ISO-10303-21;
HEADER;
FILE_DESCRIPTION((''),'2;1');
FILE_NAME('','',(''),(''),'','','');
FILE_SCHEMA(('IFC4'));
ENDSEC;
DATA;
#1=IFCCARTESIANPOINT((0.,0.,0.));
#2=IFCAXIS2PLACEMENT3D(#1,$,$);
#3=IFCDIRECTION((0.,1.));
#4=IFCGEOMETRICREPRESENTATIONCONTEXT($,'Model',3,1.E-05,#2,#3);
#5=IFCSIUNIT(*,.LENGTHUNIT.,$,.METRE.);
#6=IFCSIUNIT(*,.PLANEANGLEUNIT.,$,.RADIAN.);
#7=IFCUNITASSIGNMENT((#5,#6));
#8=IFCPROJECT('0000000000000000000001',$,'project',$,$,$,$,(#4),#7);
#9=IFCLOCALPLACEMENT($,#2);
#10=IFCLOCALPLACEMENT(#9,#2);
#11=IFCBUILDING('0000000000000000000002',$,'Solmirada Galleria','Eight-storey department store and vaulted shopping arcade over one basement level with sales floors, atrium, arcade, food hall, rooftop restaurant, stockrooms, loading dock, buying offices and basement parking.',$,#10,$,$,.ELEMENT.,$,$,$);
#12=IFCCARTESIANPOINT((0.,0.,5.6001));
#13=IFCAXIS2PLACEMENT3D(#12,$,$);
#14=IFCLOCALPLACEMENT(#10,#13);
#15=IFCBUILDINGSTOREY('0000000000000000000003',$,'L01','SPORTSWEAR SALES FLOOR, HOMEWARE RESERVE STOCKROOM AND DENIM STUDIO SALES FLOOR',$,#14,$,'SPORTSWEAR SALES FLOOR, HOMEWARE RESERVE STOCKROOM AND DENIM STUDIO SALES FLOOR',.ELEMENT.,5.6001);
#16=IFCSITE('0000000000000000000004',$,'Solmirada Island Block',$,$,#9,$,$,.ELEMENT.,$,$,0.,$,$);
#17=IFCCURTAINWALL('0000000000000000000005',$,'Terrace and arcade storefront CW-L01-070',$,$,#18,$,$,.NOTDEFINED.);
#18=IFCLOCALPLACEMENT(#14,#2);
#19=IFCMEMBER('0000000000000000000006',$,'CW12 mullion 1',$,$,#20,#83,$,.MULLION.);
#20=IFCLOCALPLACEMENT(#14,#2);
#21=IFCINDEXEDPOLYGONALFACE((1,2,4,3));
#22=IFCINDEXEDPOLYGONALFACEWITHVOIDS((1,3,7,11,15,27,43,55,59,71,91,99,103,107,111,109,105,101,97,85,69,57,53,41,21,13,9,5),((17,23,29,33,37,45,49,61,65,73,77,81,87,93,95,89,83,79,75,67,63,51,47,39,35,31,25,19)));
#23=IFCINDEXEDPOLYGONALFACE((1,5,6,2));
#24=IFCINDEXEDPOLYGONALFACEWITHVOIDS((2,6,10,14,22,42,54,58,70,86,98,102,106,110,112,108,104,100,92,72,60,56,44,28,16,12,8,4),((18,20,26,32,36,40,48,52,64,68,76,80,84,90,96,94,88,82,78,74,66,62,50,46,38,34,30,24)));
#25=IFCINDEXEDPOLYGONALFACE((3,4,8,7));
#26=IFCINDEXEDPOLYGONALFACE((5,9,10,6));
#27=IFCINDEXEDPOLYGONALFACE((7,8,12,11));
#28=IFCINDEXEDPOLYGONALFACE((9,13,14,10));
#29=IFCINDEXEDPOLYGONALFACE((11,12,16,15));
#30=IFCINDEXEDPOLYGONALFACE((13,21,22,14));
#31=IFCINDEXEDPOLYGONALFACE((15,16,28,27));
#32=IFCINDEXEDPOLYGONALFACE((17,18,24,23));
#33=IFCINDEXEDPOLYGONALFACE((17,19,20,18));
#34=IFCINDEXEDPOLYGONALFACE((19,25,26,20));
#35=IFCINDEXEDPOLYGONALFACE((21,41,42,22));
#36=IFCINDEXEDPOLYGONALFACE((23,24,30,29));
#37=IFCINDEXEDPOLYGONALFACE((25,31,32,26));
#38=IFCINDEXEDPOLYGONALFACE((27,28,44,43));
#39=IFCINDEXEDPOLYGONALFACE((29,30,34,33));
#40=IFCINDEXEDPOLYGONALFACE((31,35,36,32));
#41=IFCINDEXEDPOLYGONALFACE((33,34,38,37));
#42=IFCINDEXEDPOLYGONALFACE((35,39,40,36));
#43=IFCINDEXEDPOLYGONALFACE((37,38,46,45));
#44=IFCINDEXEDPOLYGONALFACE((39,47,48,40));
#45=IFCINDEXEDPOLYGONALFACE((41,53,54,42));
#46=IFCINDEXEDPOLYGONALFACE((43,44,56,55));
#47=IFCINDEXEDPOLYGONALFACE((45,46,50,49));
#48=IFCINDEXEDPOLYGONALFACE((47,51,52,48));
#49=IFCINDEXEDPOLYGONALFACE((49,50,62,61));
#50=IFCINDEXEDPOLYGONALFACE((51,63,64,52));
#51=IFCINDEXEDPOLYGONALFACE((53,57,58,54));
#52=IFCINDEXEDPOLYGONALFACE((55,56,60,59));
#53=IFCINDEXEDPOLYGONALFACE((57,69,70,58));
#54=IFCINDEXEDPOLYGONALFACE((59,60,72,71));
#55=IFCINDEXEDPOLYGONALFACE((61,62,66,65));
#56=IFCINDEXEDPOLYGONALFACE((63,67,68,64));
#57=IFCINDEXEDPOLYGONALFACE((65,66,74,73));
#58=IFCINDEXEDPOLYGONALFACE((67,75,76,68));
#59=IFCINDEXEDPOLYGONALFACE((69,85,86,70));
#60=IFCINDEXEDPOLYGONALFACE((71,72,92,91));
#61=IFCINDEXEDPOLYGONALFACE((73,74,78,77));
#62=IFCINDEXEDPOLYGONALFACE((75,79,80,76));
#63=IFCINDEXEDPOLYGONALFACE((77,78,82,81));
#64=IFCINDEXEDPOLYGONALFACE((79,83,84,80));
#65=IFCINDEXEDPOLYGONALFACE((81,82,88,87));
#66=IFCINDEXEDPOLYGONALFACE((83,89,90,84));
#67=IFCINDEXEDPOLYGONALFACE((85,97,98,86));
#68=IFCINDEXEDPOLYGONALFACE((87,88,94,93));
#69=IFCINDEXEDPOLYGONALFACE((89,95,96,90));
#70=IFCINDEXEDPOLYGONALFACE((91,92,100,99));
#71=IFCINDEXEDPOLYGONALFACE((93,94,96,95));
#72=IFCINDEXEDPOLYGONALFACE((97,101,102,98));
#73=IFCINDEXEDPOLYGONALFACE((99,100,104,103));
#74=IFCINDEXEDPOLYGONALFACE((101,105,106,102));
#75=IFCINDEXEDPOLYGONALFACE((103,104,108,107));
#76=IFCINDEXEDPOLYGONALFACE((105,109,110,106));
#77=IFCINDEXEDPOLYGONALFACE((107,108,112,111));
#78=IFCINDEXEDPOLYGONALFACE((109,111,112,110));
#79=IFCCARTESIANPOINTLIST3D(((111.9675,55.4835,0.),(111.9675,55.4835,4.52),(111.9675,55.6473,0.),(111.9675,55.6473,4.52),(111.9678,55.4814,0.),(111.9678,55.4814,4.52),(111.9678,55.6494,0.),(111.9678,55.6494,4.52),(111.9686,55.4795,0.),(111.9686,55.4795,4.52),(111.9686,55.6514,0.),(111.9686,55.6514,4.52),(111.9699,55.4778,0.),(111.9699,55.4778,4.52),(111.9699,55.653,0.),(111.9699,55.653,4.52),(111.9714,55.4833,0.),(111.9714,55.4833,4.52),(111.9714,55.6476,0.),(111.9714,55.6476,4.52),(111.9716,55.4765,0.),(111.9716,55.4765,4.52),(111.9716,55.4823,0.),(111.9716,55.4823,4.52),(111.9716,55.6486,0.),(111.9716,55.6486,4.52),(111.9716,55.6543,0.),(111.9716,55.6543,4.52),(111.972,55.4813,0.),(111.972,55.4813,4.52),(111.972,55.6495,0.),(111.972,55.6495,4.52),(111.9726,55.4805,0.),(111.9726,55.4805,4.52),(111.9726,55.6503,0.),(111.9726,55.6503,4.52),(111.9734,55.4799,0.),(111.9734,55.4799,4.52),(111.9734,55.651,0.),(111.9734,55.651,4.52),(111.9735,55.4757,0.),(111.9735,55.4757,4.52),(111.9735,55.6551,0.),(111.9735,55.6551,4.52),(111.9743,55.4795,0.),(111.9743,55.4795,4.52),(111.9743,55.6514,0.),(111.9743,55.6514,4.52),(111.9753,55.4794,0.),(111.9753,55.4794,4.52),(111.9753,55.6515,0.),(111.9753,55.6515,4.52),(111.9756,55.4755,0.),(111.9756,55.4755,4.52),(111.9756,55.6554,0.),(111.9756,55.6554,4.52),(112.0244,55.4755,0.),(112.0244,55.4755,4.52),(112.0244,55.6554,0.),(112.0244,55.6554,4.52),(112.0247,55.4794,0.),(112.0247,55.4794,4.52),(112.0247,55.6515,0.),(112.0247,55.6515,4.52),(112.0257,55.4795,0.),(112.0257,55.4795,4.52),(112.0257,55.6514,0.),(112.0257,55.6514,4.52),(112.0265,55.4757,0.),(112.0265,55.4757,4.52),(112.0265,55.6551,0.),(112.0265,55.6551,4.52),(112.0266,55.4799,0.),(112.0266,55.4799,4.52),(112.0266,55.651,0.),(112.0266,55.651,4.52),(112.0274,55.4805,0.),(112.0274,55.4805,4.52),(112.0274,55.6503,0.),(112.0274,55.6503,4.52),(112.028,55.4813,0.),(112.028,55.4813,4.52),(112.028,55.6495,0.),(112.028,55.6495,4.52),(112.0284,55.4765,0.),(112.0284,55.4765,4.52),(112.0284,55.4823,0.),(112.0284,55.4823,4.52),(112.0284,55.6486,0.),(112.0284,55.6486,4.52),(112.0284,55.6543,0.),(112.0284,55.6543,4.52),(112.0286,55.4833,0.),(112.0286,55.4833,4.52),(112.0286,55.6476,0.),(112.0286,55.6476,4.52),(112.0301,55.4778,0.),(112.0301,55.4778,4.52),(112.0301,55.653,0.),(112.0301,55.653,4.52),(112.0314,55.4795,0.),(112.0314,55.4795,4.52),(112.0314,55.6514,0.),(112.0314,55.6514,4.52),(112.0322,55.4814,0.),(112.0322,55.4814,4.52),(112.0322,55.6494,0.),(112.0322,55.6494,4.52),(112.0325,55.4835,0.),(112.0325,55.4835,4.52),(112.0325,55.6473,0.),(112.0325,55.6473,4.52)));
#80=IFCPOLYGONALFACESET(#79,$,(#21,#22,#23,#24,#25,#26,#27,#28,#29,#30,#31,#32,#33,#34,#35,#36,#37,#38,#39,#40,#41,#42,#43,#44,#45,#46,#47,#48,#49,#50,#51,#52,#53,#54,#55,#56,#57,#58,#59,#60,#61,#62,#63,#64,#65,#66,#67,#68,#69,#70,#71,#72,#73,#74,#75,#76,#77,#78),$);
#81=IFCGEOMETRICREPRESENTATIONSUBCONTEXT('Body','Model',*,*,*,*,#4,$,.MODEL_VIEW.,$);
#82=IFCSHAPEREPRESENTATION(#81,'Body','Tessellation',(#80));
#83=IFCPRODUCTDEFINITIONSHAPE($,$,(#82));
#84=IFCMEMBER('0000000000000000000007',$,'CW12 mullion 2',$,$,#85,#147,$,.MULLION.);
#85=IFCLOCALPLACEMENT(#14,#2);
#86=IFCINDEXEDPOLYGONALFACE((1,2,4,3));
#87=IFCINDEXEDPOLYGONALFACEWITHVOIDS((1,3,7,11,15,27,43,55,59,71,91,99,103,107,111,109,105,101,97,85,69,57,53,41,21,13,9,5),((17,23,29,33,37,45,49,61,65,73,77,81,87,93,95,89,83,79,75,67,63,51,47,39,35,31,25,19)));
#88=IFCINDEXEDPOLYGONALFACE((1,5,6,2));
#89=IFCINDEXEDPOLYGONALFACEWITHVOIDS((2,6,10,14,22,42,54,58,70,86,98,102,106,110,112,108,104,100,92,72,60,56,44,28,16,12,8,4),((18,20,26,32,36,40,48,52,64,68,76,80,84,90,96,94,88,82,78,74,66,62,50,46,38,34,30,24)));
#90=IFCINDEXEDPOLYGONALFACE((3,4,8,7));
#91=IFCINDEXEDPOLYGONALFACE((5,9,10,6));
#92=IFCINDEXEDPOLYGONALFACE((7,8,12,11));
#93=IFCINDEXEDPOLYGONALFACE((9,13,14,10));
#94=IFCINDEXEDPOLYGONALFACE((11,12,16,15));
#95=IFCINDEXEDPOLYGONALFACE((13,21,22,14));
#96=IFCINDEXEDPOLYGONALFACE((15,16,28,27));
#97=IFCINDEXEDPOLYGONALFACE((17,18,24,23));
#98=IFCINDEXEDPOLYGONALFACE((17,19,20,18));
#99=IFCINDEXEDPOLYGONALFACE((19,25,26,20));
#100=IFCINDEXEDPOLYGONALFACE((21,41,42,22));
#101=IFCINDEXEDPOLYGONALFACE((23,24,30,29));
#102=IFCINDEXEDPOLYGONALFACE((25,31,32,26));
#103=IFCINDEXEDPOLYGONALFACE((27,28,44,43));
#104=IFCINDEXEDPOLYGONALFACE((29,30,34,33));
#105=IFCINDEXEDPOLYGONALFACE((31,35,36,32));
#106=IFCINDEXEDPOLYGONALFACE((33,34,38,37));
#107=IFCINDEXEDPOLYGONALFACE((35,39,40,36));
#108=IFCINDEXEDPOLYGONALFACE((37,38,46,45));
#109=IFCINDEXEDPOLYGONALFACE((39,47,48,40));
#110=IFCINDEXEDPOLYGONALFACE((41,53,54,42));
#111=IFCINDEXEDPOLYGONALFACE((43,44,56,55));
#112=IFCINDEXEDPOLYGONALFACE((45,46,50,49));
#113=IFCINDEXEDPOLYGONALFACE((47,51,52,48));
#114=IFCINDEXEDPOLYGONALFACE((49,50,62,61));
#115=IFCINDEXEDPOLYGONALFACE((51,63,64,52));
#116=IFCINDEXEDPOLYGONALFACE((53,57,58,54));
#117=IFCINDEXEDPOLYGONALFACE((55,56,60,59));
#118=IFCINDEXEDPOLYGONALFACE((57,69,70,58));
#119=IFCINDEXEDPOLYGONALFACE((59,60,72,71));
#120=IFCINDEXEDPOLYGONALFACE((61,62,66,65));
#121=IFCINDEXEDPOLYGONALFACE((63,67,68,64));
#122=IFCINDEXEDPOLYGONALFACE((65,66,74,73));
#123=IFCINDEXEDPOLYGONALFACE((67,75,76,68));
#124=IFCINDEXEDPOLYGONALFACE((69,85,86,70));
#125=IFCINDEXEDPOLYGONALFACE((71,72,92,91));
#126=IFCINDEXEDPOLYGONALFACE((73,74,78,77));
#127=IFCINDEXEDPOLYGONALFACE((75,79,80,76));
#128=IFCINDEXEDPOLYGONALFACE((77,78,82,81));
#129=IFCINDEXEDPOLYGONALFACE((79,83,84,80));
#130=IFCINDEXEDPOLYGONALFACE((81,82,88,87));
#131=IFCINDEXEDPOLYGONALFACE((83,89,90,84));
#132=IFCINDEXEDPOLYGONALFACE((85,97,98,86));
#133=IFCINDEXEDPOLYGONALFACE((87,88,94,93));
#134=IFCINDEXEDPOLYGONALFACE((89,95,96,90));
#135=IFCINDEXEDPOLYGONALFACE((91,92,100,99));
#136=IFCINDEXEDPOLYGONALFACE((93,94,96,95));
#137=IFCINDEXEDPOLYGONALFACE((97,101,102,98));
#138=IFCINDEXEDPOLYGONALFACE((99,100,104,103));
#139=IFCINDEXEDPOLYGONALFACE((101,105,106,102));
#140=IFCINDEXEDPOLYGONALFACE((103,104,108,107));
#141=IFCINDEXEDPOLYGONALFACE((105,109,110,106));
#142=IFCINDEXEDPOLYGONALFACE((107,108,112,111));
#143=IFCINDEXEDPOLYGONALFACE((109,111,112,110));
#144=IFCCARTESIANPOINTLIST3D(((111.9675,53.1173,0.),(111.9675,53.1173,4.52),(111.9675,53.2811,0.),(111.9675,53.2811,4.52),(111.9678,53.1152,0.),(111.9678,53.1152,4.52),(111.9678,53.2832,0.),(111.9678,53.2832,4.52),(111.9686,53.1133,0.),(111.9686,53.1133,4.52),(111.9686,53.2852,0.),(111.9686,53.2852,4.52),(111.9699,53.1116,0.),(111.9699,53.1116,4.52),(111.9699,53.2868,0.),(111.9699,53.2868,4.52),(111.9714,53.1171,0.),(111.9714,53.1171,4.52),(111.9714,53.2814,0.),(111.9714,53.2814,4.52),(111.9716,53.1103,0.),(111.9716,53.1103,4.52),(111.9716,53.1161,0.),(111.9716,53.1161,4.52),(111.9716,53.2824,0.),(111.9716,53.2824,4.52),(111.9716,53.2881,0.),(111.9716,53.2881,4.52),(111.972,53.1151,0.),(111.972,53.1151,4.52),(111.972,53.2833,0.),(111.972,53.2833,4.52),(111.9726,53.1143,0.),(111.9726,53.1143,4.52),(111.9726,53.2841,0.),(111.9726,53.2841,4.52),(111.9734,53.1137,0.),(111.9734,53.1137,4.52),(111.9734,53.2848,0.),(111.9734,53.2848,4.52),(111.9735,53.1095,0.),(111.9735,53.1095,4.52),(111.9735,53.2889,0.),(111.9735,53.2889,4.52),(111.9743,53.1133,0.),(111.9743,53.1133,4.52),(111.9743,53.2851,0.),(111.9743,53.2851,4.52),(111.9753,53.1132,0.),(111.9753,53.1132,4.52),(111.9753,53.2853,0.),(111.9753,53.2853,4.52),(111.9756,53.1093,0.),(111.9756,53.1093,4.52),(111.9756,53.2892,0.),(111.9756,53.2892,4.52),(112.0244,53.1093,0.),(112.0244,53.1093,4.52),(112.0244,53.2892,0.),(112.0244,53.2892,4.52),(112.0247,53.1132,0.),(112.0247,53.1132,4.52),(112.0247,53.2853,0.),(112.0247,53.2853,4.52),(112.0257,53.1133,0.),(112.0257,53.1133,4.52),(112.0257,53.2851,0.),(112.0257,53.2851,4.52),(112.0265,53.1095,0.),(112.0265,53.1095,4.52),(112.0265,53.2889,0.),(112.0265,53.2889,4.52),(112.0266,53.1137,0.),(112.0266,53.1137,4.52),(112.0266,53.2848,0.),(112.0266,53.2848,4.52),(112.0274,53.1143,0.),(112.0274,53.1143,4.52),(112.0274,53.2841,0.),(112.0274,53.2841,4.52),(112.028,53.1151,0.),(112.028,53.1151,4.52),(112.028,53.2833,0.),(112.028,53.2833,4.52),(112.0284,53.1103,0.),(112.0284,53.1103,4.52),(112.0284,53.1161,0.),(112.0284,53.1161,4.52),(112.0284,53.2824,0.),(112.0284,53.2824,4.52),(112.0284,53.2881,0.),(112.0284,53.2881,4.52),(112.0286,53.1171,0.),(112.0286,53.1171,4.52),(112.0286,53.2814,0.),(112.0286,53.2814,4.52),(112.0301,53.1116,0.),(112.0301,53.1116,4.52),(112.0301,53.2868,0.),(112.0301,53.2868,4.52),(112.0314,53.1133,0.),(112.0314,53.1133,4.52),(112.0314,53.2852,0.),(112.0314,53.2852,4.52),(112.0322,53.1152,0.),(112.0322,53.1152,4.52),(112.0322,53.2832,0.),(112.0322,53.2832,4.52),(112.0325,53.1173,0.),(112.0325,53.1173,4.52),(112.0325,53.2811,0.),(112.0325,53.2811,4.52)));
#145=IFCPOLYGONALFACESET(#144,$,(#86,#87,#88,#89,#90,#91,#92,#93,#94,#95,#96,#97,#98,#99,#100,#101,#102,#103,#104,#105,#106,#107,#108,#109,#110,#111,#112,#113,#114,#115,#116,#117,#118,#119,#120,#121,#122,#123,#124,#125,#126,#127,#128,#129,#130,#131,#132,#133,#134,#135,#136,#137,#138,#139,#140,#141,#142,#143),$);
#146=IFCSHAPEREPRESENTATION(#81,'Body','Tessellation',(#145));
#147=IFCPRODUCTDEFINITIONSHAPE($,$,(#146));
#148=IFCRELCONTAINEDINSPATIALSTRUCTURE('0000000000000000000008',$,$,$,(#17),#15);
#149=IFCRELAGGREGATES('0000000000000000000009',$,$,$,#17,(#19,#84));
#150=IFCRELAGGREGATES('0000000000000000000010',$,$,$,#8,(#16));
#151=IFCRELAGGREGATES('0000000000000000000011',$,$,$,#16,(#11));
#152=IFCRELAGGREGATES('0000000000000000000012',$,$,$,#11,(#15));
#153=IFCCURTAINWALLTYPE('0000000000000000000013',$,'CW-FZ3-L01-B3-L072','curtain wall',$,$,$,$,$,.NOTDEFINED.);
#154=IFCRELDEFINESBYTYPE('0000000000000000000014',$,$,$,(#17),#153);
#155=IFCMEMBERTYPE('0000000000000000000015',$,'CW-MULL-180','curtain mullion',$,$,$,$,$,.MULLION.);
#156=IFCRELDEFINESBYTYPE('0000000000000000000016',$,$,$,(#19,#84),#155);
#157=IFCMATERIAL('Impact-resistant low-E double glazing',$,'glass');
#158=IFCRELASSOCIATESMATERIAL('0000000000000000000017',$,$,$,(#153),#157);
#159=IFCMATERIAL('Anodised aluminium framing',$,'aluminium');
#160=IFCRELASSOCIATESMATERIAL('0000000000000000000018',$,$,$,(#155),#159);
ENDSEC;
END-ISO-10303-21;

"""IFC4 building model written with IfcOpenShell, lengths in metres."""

from ifc_helpers import new_model, si_unit, direction, frame, origin, origin_2d, place, context, subcontext, project, spatial, hollow_rectangle, extrude, material, material_profile, profile_set, type_object, element, aggregate, save


model = new_model("IFC4")

# Units and contexts
model_context = context("Model", 3, precision=1e-05, world=origin(), true_north=direction((0.0, 1.0)))
body_context = subcontext(model_context, "Body", "Model", "MODEL_VIEW")
ifc_project = project(units=[si_unit("LENGTHUNIT", "METRE"), si_unit("PLANEANGLEUNIT", "RADIAN")], contexts=[model_context])

# Site, building, storey
site_placement = place(None, origin())
site = spatial("IfcSite", under=ifc_project, at=site_placement, Name="Solmirada Island Block", CompositionType="ELEMENT", RefElevation=0.0)
building_placement = place(site_placement, origin())
building = spatial("IfcBuilding", under=site, at=building_placement, Name="Solmirada Galleria", Description="Eight-storey department store and vaulted shopping arcade over one basement level with sales floors, atrium, arcade, food hall, rooftop restaurant, stockrooms, loading dock, buying offices and basement parking.", CompositionType="ELEMENT")
storey_placement = place(building_placement, frame((0.0, 0.0, 5.6001)))
storey = spatial("IfcBuildingStorey", under=building, at=storey_placement, Name="L01", Description="SPORTSWEAR SALES FLOOR, HOMEWARE RESERVE STOCKROOM AND DENIM STUDIO SALES FLOOR", LongName="SPORTSWEAR SALES FLOOR, HOMEWARE RESERVE STOCKROOM AND DENIM STUDIO SALES FLOOR", CompositionType="ELEMENT", Elevation=5.6001)

# Curtain wall, members
ifc_material_1 = material(Name="Impact-resistant low-E double glazing", Category="glass")
curtain_wall_type = type_object("IfcCurtainWallType", Name="CW-FZ3-L01-B3-L072", Description="curtain wall", PredefinedType="NOTDEFINED", material=ifc_material_1)
ifc_material_2 = material(Name="Anodised aluminium framing", Category="aluminium")
ifc_material_profile_1 = material_profile(ifc_material_2, hollow_rectangle(XDim=0.0649, YDim=0.1799, WallThickness=0.0039, InnerFilletRadius=0.0039, OuterFilletRadius=0.0081, at=origin_2d()), Name="ALU-MULL-180X65")
ifc_profile_set_1 = profile_set([ifc_material_profile_1], Name="Anodised aluminium framing")
member_type_1 = type_object("IfcMemberType", Name="CW-MULL-180", Description="curtain mullion", PredefinedType="MULLION", material=ifc_profile_set_1)
curtain_wall_1_placement = place(storey_placement, origin())
curtain_wall_1 = element("IfcCurtainWall", 1, at=curtain_wall_1_placement, inside=storey, type_object=curtain_wall_type, Name="Terrace and arcade storefront CW-L01-070", PredefinedType="NOTDEFINED")
member_1_placement = place(storey_placement, frame((112.0, 55.5654, 0.0), z_axis=(0.0, 0.0, 1.0), x_axis=(1.0, 0.0, 0.0)))
member_1 = element("IfcMember", 2, at=member_1_placement, type_object=member_type_1, Name="CW12 mullion 1", PredefinedType="MULLION", context=body_context, shape_type="SweptSolid", body=[
    extrude(hollow_rectangle(XDim=0.0649, YDim=0.1799, WallThickness=0.0039, InnerFilletRadius=0.0039, OuterFilletRadius=0.0081, at=origin_2d()), origin(), (0.0, 0.0, 1.0), 4.52),
])
member_2_placement = place(storey_placement, frame((112.0, 53.1992, 0.0), z_axis=(0.0, 0.0, 1.0), x_axis=(1.0, 0.0, 0.0)))
member_2 = element("IfcMember", 3, at=member_2_placement, type_object=member_type_1, Name="CW12 mullion 2", PredefinedType="MULLION", context=body_context, shape_type="SweptSolid", body=[
    extrude(hollow_rectangle(XDim=0.0649, YDim=0.1799, WallThickness=0.0039, InnerFilletRadius=0.0039, OuterFilletRadius=0.0081, at=origin_2d()), origin(), (0.0, 0.0, 1.0), 4.52),
])

aggregate(curtain_wall_1, [member_1, member_2])

save(model, "model.ifc")
